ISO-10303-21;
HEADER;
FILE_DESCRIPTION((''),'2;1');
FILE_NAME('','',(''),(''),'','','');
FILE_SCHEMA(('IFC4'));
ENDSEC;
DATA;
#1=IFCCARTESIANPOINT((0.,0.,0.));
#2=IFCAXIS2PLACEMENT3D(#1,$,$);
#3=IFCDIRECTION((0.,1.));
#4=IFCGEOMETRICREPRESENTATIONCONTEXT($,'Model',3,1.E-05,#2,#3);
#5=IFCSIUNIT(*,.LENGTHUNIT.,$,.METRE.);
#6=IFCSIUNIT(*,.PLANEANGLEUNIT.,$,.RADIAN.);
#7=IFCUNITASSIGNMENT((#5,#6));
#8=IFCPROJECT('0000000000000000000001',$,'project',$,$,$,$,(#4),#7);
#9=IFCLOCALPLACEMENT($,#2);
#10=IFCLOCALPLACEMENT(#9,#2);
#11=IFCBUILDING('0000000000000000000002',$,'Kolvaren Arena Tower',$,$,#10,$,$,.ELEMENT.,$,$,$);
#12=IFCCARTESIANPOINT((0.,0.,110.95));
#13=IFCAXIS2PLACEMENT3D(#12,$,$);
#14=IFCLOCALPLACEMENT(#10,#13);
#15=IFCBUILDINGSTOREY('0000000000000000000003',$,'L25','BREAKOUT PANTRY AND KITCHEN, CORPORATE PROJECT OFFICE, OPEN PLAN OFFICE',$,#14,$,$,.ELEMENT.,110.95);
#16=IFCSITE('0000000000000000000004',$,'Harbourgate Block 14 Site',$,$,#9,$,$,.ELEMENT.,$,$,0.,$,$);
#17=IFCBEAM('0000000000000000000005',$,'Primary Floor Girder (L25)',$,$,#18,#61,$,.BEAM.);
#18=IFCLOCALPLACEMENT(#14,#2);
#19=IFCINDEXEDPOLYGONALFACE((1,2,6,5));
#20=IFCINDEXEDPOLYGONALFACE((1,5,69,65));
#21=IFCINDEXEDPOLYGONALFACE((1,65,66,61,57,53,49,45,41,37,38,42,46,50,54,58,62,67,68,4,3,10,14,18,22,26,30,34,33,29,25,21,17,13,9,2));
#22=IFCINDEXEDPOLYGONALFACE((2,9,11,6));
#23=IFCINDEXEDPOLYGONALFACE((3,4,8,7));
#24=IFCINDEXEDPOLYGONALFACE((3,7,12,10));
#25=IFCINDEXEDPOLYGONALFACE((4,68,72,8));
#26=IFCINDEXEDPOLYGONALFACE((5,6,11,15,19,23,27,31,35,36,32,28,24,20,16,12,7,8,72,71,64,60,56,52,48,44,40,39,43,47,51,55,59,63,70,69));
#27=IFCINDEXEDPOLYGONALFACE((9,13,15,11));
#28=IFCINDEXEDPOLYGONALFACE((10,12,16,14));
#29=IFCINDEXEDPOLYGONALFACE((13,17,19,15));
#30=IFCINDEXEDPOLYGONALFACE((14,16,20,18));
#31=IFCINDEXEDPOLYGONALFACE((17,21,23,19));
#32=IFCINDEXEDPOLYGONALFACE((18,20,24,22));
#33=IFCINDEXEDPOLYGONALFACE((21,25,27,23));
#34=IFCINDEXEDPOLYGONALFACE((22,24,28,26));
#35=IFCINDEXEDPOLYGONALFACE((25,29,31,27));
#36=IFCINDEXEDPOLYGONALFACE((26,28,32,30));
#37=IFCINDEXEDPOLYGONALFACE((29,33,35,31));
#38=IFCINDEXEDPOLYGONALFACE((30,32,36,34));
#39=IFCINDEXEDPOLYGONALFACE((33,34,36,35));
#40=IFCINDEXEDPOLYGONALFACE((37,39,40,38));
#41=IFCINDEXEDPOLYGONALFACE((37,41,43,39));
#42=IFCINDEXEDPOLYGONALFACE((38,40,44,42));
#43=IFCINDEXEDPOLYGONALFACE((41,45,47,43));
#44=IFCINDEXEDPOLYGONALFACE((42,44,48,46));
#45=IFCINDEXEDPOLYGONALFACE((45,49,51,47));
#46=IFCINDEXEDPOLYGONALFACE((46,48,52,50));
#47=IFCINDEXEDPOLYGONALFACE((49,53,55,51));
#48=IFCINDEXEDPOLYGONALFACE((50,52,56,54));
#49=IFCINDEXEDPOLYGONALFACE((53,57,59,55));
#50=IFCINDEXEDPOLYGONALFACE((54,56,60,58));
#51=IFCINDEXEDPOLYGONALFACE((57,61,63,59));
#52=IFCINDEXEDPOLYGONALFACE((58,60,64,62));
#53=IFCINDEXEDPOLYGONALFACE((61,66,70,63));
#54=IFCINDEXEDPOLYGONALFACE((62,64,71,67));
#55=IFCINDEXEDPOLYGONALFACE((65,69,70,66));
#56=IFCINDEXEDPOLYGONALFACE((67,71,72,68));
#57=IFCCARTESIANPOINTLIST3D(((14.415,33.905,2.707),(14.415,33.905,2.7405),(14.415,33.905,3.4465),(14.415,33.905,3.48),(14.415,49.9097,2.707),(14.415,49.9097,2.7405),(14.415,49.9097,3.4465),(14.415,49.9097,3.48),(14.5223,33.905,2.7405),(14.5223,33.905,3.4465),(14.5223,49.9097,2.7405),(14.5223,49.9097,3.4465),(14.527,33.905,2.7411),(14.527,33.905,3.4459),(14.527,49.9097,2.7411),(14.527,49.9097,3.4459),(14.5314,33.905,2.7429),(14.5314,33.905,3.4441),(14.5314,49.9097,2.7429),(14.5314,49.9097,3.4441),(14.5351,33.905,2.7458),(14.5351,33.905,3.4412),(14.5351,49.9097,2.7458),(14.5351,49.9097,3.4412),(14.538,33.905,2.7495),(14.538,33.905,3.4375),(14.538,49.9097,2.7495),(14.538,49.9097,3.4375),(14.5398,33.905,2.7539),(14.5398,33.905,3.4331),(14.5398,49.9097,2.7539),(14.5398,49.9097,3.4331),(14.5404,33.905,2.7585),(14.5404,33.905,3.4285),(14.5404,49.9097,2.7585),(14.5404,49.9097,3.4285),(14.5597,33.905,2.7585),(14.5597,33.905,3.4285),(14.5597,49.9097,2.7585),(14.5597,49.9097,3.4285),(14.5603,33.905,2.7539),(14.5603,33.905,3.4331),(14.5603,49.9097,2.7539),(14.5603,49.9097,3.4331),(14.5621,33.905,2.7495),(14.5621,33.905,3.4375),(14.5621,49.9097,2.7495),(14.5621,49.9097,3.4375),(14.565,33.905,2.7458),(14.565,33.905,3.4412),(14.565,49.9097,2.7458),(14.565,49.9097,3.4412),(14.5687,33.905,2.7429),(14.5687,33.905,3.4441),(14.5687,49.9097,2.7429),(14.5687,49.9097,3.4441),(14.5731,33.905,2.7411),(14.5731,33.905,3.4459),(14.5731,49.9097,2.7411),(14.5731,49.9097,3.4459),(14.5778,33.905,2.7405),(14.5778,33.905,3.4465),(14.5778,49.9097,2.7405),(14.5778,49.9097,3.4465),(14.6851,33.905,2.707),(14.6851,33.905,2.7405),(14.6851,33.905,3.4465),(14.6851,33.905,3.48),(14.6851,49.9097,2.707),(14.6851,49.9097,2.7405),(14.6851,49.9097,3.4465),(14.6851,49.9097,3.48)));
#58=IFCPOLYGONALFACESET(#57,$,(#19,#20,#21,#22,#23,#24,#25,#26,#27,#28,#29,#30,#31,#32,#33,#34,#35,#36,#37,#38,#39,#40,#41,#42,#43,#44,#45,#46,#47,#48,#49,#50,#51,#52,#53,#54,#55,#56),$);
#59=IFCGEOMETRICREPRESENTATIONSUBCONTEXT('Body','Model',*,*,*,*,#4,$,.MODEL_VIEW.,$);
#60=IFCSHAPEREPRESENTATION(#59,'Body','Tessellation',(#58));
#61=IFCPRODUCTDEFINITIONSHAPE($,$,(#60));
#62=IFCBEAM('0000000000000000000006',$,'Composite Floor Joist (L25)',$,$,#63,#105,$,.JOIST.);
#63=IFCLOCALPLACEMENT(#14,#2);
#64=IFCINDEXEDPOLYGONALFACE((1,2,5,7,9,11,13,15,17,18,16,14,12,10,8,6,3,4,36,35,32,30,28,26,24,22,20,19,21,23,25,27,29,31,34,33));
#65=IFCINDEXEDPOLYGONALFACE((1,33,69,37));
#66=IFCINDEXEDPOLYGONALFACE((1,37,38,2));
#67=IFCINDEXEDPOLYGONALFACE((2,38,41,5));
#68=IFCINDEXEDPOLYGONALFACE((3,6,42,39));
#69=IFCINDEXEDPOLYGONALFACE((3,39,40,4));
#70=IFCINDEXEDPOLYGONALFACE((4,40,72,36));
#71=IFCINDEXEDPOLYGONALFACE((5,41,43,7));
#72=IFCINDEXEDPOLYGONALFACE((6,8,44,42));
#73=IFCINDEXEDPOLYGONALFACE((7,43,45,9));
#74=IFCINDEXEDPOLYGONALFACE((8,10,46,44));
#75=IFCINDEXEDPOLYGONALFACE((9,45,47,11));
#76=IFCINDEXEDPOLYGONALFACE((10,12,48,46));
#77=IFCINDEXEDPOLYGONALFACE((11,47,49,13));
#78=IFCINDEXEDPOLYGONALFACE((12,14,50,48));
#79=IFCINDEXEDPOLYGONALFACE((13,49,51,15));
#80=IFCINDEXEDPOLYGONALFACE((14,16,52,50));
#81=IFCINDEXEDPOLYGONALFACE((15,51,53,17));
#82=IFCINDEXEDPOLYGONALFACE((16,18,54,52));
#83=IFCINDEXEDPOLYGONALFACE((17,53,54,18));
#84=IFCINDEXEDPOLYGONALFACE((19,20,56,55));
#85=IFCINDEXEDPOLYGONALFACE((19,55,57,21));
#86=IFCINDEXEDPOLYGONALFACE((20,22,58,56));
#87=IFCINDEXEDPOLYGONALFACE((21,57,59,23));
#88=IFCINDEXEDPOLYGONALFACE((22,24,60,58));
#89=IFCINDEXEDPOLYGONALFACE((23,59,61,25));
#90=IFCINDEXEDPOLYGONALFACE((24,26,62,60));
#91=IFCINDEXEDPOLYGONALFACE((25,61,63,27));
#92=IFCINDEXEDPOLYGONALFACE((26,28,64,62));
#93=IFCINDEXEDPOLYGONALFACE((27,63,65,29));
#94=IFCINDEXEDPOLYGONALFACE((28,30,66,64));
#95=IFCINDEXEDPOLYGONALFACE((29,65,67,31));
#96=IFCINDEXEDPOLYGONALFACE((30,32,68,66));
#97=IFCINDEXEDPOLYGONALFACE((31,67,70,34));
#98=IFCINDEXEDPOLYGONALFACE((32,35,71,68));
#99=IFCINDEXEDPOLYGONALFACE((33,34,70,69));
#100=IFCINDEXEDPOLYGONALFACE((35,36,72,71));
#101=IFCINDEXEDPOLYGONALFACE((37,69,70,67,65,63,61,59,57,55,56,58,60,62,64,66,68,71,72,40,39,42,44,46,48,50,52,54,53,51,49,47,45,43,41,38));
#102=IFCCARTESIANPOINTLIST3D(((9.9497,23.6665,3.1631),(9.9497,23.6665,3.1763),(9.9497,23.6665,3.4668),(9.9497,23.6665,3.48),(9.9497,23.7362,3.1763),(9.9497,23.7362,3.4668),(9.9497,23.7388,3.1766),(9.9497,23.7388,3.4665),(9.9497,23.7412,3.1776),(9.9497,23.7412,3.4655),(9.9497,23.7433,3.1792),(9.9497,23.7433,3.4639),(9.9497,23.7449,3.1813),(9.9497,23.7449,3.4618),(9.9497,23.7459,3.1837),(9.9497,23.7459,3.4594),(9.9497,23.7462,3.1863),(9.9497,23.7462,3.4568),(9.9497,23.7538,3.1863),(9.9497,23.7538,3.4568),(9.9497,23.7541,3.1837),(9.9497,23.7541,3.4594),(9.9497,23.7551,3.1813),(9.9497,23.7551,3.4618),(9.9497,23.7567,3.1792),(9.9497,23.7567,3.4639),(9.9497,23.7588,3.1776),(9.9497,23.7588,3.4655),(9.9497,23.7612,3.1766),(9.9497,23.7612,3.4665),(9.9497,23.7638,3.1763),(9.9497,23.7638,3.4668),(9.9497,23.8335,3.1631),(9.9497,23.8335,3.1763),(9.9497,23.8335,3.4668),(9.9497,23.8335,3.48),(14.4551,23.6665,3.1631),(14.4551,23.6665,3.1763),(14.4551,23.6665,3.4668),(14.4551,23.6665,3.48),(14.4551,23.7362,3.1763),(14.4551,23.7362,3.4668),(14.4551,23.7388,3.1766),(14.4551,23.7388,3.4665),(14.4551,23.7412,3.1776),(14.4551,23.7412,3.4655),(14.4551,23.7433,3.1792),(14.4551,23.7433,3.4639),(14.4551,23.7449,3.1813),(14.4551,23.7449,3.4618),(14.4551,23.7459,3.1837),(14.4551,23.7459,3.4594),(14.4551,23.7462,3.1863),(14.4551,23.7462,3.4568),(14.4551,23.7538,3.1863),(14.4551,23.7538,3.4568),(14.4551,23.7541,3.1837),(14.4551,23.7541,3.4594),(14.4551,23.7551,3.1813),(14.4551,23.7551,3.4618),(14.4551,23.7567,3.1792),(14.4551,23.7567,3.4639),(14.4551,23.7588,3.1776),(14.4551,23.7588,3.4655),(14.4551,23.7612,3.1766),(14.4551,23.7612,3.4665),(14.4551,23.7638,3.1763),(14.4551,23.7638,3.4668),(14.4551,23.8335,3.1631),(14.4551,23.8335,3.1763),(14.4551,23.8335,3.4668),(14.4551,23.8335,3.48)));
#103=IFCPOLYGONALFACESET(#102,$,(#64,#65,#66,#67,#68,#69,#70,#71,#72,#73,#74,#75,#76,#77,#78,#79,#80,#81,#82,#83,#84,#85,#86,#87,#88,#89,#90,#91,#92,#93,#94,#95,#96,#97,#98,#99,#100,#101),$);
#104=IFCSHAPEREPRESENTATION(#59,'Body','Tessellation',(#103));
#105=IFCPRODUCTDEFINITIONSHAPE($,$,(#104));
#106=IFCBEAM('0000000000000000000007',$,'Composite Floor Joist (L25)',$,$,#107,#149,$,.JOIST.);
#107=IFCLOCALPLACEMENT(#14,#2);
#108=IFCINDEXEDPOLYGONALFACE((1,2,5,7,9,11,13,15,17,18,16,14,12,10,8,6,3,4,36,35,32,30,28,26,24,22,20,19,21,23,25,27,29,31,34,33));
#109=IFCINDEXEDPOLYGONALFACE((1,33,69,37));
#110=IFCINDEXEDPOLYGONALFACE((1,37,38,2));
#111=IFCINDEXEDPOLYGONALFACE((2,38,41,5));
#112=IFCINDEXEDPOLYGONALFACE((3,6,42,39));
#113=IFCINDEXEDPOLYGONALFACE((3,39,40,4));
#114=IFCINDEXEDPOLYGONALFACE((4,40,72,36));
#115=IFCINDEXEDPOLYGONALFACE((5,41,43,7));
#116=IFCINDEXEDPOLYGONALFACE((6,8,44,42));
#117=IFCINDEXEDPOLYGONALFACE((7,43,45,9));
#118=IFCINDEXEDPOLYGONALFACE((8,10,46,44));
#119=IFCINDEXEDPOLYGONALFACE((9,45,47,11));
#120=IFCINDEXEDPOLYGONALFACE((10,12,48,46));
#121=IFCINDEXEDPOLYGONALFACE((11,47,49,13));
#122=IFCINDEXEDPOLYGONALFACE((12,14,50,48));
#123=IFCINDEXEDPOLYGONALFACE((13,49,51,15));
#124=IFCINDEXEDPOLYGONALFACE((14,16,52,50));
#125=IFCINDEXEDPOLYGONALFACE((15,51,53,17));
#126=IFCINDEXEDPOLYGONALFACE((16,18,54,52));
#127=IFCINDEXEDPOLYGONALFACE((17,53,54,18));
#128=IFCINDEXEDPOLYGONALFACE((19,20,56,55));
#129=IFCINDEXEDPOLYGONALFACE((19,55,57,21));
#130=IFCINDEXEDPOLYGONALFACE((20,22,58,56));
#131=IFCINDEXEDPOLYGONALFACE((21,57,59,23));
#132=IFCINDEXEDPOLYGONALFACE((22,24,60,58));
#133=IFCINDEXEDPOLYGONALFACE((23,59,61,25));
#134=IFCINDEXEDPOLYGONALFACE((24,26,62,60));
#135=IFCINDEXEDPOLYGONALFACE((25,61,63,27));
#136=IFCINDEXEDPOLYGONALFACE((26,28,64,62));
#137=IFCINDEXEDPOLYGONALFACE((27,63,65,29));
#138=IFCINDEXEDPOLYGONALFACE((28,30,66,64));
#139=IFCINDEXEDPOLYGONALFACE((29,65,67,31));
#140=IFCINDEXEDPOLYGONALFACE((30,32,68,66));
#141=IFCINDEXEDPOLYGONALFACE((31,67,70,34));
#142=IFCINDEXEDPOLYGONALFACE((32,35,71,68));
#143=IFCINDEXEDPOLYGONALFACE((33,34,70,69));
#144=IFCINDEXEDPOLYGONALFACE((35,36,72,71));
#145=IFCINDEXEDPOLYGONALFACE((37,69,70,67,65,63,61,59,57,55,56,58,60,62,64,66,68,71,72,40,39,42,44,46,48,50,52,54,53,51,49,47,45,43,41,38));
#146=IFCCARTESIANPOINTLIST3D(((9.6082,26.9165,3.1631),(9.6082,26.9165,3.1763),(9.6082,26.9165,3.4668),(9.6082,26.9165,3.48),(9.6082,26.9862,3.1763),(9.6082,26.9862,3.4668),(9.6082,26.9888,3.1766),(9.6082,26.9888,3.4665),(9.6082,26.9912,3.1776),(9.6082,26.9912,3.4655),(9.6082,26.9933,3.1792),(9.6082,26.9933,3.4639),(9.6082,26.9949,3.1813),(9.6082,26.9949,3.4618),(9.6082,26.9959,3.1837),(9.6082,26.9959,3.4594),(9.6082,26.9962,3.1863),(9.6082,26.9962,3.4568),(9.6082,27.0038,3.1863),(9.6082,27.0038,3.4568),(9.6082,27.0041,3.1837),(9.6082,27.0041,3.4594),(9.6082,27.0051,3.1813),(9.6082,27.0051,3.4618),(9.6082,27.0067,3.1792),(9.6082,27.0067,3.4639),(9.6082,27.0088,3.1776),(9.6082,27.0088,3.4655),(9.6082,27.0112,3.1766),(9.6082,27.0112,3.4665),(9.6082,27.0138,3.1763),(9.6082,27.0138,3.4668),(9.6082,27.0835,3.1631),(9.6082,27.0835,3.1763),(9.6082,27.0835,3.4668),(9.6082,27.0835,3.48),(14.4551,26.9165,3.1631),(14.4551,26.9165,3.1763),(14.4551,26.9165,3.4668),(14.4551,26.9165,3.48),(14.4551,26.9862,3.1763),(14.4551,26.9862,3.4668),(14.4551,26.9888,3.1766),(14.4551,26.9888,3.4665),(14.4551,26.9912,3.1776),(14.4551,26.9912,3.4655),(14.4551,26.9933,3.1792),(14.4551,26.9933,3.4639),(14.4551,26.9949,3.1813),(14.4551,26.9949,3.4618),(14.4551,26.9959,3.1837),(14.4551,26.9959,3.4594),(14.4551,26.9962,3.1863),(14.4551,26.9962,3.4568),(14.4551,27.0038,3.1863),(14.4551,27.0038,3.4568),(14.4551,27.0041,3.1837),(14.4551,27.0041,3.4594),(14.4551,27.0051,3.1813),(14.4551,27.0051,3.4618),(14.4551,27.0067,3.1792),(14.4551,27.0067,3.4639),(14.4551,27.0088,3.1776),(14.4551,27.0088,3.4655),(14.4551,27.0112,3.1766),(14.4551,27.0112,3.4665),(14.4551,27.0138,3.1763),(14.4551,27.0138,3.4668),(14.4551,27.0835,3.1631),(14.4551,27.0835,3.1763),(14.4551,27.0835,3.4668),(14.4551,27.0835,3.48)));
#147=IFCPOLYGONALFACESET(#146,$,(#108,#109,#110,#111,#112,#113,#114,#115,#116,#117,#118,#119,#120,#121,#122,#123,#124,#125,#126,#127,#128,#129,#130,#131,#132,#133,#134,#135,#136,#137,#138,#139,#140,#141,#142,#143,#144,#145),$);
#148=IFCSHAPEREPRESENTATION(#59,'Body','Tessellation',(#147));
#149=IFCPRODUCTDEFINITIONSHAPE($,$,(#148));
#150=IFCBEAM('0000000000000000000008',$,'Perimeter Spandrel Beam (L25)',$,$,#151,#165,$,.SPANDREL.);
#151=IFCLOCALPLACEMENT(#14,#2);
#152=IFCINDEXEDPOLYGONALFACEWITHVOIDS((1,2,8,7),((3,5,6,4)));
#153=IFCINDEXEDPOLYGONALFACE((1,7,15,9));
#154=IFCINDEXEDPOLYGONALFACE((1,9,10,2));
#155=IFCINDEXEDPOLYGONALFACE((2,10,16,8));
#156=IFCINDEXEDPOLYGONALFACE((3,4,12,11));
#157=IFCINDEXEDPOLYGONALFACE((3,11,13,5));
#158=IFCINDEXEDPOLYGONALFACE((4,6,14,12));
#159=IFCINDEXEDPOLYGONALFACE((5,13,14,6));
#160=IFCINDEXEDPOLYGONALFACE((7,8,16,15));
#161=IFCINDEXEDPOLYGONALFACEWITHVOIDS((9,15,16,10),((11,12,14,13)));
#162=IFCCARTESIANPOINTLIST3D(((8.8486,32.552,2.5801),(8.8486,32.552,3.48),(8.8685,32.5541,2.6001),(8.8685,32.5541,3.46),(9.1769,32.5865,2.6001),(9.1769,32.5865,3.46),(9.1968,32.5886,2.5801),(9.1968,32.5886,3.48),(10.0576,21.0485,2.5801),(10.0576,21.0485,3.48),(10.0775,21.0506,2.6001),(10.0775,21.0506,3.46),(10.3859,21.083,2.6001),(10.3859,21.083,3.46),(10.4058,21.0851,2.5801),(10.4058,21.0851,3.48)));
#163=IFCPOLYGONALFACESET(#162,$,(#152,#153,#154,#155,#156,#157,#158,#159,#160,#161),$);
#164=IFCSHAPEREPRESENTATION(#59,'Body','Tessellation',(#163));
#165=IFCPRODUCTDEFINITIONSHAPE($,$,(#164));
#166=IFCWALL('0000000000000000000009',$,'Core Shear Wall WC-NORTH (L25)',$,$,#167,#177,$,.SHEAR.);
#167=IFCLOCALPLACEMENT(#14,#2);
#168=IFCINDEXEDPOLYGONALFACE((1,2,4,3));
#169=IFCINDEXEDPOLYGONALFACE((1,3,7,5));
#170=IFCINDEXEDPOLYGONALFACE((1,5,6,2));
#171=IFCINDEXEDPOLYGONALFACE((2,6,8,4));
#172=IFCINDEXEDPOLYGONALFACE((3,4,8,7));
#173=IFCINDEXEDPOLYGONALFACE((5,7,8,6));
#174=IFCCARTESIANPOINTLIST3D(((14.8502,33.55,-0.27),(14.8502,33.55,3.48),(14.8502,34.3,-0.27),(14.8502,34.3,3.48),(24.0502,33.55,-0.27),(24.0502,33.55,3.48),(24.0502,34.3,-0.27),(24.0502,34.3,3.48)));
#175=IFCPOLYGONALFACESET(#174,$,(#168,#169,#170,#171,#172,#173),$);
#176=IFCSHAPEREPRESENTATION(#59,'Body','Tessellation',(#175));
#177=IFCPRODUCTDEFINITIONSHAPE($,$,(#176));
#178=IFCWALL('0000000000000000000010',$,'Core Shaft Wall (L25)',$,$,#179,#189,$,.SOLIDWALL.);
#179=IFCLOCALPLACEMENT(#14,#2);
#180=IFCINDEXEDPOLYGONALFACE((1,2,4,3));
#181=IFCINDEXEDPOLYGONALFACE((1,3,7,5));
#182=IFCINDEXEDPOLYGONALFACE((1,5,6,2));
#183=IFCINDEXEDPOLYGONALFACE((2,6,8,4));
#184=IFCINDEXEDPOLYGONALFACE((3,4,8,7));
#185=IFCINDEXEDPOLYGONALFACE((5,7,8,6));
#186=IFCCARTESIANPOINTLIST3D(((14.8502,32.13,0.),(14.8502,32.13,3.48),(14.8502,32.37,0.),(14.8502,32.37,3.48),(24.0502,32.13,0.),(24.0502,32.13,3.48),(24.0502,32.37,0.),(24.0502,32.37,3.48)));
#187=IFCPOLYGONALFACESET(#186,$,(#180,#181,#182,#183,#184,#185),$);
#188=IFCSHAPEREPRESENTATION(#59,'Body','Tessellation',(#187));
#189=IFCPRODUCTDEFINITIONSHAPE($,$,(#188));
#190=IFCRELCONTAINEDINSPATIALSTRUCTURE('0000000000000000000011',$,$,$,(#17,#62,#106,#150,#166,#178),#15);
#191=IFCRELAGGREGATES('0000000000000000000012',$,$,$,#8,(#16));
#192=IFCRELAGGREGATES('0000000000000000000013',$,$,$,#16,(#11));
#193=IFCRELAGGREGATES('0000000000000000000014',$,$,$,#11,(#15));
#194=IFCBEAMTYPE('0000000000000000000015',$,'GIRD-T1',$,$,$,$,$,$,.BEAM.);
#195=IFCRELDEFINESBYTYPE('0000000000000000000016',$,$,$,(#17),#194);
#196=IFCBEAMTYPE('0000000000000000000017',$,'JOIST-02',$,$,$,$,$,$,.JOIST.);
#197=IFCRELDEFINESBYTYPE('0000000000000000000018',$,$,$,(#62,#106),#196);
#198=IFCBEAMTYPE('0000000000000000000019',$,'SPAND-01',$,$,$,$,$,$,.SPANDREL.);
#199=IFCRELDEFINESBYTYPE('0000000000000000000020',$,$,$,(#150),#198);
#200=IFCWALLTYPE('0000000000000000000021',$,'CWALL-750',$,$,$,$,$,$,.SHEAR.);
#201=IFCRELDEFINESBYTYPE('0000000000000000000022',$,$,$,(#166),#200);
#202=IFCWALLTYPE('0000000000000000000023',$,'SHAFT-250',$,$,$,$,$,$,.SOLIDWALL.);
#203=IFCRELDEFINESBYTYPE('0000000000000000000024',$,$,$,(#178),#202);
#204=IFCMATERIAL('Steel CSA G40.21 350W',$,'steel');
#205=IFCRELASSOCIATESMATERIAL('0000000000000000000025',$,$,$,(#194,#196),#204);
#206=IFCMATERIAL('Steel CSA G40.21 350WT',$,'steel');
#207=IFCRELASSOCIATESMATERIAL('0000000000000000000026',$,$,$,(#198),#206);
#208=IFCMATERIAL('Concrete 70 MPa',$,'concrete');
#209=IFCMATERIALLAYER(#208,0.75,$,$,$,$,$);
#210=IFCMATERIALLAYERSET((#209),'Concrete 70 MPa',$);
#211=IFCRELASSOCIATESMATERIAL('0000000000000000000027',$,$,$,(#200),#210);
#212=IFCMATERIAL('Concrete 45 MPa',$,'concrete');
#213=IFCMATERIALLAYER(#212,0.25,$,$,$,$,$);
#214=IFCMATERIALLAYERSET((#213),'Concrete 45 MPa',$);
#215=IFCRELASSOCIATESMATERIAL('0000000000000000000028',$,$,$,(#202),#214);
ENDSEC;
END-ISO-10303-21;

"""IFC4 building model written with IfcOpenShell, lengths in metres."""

from ifc_helpers import new_model, si_unit, direction, frame, frame_2d, origin, origin_2d, place, context, subcontext, project, spatial, rectangle, hollow_rectangle, i_section, extrude, material, layer, layer_set, material_profile, profile_set, type_object, element, save


model = new_model("IFC4")

# Units and contexts
model_context = context("Model", 3, precision=1e-05, world=origin(), true_north=direction((0.0, 1.0)))
body_context = subcontext(model_context, "Body", "Model", "MODEL_VIEW")
ifc_project = project(units=[si_unit("LENGTHUNIT", "METRE"), si_unit("PLANEANGLEUNIT", "RADIAN")], contexts=[model_context])

# Site, building, storey
site_placement = place(None, origin())
site = spatial("IfcSite", under=ifc_project, at=site_placement, Name="Harbourgate Block 14 Site", CompositionType="ELEMENT", RefElevation=0.0)
building_placement = place(site_placement, origin())
building = spatial("IfcBuilding", under=site, at=building_placement, Name="Kolvaren Arena Tower", CompositionType="ELEMENT")
storey_placement = place(building_placement, frame((0.0, 0.0, 110.95)))
storey = spatial("IfcBuildingStorey", under=building, at=storey_placement, Name="L25", Description="BREAKOUT PANTRY AND KITCHEN, CORPORATE PROJECT OFFICE, OPEN PLAN OFFICE", CompositionType="ELEMENT", Elevation=110.95)

# Beams
ifc_material_1 = material(Name="Steel CSA G40.21 350W", Category="steel")
ifc_material_profile_1 = material_profile(ifc_material_1, i_section(OverallWidth=0.27, OverallDepth=0.7729, WebThickness=0.0193, FlangeThickness=0.0334, FilletRadius=0.0181, at=origin_2d()), Name="W760x257")
ifc_profile_set_1 = profile_set([ifc_material_profile_1], Name="Steel CSA G40.21 350W")
beam_type_1 = type_object("IfcBeamType", Name="GIRD-T1", PredefinedType="BEAM", material=ifc_profile_set_1)
beam_1_placement = place(storey_placement, frame((14.55, 33.905, 3.0935), z_axis=(0.0, 1.0, 0.0), x_axis=(-1.0, 0.0, 0.0)))
element("IfcBeam", 1, at=beam_1_placement, inside=storey, type_object=beam_type_1, Name="Primary Floor Girder (L25)", PredefinedType="BEAM", context=body_context, shape_type="SweptSolid", body=[
    extrude(i_section(OverallWidth=0.27, OverallDepth=0.7729, WebThickness=0.0193, FlangeThickness=0.0334, FilletRadius=0.0181, at=origin_2d()), origin(), (0.0, 0.0, 1.0), 16.0046),
])
ifc_material_profile_2 = material_profile(ifc_material_1, i_section(OverallWidth=0.167, OverallDepth=0.3169, WebThickness=0.0076, FlangeThickness=0.0132, FilletRadius=0.01, at=origin_2d()), Name="W310x52")
ifc_profile_set_2 = profile_set([ifc_material_profile_2], Name="Steel CSA G40.21 350W")
beam_type_2 = type_object("IfcBeamType", Name="JOIST-02", PredefinedType="JOIST", material=ifc_profile_set_2)
beam_2_placement = place(storey_placement, frame((9.9497, 23.75, 3.3215), z_axis=(1.0, 0.0, 0.0), x_axis=(0.0, 1.0, 0.0)))
element("IfcBeam", 2, at=beam_2_placement, inside=storey, type_object=beam_type_2, Name="Composite Floor Joist (L25)", PredefinedType="JOIST", context=body_context, shape_type="SweptSolid", body=[
    extrude(i_section(OverallWidth=0.167, OverallDepth=0.3169, WebThickness=0.0076, FlangeThickness=0.0132, FilletRadius=0.01, at=origin_2d()), origin(), (0.0, 0.0, 1.0), 4.5054),
])
beam_3_placement = place(storey_placement, frame((9.6082, 27.0, 3.3215), z_axis=(1.0, 0.0, 0.0), x_axis=(0.0, 1.0, 0.0)))
element("IfcBeam", 3, at=beam_3_placement, inside=storey, type_object=beam_type_2, Name="Composite Floor Joist (L25)", PredefinedType="JOIST", context=body_context, shape_type="SweptSolid", body=[
    extrude(i_section(OverallWidth=0.167, OverallDepth=0.3169, WebThickness=0.0076, FlangeThickness=0.0132, FilletRadius=0.01, at=origin_2d()), origin(), (0.0, 0.0, 1.0), 4.8469),
])
ifc_material_2 = material(Name="Steel CSA G40.21 350WT", Category="steel")
ifc_material_profile_3 = material_profile(ifc_material_2, hollow_rectangle(XDim=0.3501, YDim=0.8999, WallThickness=0.02, at=origin_2d()), Name="HSS 900x350x20")
ifc_profile_set_3 = profile_set([ifc_material_profile_3], Name="Steel CSA G40.21 350WT")
beam_type_3 = type_object("IfcBeamType", Name="SPAND-01", PredefinedType="SPANDREL", material=ifc_profile_set_3)
beam_4_placement = place(storey_placement, frame((9.0227, 32.5703, 3.03), z_axis=(0.104522, -0.994523, 0.0), x_axis=(0.994523, 0.104522, 0.0)))
element("IfcBeam", 4, at=beam_4_placement, inside=storey, type_object=beam_type_3, Name="Perimeter Spandrel Beam (L25)", PredefinedType="SPANDREL", context=body_context, shape_type="SweptSolid", body=[
    extrude(hollow_rectangle(XDim=0.3501, YDim=0.8999, WallThickness=0.02, at=origin_2d()), origin(), (0.0, 0.0, 1.0), 11.5669),
])

# Walls
ifc_material_3 = material(Name="Concrete 70 MPa", Category="concrete")
ifc_layer_1 = layer(ifc_material_3, 0.75)
ifc_layer_set_1 = layer_set([ifc_layer_1], Name="Concrete 70 MPa")
wall_type_1 = type_object("IfcWallType", Name="CWALL-750", PredefinedType="SHEAR", material=ifc_layer_set_1)
wall_1_placement = place(storey_placement, frame((14.8501, 33.925, -0.27), z_axis=(0.0, 0.0, 1.0), x_axis=(1.0, 0.0, 0.0)))
element("IfcWall", 5, at=wall_1_placement, inside=storey, type_object=wall_type_1, Name="Core Shear Wall WC-NORTH (L25)", PredefinedType="SHEAR", context=body_context, shape_type="SweptSolid", body=[
    extrude(rectangle(XDim=9.2, YDim=0.75, at=frame_2d((4.6001, 0.0))), origin(), (0.0, 0.0, 1.0), 3.75),
])
ifc_material_4 = material(Name="Concrete 45 MPa", Category="concrete")
ifc_layer_2 = layer(ifc_material_4, 0.25)
ifc_layer_set_2 = layer_set([ifc_layer_2], Name="Concrete 45 MPa")
wall_type_2 = type_object("IfcWallType", Name="SHAFT-250", PredefinedType="SOLIDWALL", material=ifc_layer_set_2)
wall_2_placement = place(storey_placement, frame((14.8501, 32.25, 0.0), z_axis=(0.0, 0.0, 1.0), x_axis=(1.0, 0.0, 0.0)))
element("IfcWall", 6, at=wall_2_placement, inside=storey, type_object=wall_type_2, Name="Core Shaft Wall (L25)", PredefinedType="SOLIDWALL", context=body_context, shape_type="SweptSolid", body=[
    extrude(rectangle(XDim=9.2, YDim=0.24, at=frame_2d((4.6001, 0.0))), origin(), (0.0, 0.0, 1.0), 3.48),
])

save(model, "model.ifc")
